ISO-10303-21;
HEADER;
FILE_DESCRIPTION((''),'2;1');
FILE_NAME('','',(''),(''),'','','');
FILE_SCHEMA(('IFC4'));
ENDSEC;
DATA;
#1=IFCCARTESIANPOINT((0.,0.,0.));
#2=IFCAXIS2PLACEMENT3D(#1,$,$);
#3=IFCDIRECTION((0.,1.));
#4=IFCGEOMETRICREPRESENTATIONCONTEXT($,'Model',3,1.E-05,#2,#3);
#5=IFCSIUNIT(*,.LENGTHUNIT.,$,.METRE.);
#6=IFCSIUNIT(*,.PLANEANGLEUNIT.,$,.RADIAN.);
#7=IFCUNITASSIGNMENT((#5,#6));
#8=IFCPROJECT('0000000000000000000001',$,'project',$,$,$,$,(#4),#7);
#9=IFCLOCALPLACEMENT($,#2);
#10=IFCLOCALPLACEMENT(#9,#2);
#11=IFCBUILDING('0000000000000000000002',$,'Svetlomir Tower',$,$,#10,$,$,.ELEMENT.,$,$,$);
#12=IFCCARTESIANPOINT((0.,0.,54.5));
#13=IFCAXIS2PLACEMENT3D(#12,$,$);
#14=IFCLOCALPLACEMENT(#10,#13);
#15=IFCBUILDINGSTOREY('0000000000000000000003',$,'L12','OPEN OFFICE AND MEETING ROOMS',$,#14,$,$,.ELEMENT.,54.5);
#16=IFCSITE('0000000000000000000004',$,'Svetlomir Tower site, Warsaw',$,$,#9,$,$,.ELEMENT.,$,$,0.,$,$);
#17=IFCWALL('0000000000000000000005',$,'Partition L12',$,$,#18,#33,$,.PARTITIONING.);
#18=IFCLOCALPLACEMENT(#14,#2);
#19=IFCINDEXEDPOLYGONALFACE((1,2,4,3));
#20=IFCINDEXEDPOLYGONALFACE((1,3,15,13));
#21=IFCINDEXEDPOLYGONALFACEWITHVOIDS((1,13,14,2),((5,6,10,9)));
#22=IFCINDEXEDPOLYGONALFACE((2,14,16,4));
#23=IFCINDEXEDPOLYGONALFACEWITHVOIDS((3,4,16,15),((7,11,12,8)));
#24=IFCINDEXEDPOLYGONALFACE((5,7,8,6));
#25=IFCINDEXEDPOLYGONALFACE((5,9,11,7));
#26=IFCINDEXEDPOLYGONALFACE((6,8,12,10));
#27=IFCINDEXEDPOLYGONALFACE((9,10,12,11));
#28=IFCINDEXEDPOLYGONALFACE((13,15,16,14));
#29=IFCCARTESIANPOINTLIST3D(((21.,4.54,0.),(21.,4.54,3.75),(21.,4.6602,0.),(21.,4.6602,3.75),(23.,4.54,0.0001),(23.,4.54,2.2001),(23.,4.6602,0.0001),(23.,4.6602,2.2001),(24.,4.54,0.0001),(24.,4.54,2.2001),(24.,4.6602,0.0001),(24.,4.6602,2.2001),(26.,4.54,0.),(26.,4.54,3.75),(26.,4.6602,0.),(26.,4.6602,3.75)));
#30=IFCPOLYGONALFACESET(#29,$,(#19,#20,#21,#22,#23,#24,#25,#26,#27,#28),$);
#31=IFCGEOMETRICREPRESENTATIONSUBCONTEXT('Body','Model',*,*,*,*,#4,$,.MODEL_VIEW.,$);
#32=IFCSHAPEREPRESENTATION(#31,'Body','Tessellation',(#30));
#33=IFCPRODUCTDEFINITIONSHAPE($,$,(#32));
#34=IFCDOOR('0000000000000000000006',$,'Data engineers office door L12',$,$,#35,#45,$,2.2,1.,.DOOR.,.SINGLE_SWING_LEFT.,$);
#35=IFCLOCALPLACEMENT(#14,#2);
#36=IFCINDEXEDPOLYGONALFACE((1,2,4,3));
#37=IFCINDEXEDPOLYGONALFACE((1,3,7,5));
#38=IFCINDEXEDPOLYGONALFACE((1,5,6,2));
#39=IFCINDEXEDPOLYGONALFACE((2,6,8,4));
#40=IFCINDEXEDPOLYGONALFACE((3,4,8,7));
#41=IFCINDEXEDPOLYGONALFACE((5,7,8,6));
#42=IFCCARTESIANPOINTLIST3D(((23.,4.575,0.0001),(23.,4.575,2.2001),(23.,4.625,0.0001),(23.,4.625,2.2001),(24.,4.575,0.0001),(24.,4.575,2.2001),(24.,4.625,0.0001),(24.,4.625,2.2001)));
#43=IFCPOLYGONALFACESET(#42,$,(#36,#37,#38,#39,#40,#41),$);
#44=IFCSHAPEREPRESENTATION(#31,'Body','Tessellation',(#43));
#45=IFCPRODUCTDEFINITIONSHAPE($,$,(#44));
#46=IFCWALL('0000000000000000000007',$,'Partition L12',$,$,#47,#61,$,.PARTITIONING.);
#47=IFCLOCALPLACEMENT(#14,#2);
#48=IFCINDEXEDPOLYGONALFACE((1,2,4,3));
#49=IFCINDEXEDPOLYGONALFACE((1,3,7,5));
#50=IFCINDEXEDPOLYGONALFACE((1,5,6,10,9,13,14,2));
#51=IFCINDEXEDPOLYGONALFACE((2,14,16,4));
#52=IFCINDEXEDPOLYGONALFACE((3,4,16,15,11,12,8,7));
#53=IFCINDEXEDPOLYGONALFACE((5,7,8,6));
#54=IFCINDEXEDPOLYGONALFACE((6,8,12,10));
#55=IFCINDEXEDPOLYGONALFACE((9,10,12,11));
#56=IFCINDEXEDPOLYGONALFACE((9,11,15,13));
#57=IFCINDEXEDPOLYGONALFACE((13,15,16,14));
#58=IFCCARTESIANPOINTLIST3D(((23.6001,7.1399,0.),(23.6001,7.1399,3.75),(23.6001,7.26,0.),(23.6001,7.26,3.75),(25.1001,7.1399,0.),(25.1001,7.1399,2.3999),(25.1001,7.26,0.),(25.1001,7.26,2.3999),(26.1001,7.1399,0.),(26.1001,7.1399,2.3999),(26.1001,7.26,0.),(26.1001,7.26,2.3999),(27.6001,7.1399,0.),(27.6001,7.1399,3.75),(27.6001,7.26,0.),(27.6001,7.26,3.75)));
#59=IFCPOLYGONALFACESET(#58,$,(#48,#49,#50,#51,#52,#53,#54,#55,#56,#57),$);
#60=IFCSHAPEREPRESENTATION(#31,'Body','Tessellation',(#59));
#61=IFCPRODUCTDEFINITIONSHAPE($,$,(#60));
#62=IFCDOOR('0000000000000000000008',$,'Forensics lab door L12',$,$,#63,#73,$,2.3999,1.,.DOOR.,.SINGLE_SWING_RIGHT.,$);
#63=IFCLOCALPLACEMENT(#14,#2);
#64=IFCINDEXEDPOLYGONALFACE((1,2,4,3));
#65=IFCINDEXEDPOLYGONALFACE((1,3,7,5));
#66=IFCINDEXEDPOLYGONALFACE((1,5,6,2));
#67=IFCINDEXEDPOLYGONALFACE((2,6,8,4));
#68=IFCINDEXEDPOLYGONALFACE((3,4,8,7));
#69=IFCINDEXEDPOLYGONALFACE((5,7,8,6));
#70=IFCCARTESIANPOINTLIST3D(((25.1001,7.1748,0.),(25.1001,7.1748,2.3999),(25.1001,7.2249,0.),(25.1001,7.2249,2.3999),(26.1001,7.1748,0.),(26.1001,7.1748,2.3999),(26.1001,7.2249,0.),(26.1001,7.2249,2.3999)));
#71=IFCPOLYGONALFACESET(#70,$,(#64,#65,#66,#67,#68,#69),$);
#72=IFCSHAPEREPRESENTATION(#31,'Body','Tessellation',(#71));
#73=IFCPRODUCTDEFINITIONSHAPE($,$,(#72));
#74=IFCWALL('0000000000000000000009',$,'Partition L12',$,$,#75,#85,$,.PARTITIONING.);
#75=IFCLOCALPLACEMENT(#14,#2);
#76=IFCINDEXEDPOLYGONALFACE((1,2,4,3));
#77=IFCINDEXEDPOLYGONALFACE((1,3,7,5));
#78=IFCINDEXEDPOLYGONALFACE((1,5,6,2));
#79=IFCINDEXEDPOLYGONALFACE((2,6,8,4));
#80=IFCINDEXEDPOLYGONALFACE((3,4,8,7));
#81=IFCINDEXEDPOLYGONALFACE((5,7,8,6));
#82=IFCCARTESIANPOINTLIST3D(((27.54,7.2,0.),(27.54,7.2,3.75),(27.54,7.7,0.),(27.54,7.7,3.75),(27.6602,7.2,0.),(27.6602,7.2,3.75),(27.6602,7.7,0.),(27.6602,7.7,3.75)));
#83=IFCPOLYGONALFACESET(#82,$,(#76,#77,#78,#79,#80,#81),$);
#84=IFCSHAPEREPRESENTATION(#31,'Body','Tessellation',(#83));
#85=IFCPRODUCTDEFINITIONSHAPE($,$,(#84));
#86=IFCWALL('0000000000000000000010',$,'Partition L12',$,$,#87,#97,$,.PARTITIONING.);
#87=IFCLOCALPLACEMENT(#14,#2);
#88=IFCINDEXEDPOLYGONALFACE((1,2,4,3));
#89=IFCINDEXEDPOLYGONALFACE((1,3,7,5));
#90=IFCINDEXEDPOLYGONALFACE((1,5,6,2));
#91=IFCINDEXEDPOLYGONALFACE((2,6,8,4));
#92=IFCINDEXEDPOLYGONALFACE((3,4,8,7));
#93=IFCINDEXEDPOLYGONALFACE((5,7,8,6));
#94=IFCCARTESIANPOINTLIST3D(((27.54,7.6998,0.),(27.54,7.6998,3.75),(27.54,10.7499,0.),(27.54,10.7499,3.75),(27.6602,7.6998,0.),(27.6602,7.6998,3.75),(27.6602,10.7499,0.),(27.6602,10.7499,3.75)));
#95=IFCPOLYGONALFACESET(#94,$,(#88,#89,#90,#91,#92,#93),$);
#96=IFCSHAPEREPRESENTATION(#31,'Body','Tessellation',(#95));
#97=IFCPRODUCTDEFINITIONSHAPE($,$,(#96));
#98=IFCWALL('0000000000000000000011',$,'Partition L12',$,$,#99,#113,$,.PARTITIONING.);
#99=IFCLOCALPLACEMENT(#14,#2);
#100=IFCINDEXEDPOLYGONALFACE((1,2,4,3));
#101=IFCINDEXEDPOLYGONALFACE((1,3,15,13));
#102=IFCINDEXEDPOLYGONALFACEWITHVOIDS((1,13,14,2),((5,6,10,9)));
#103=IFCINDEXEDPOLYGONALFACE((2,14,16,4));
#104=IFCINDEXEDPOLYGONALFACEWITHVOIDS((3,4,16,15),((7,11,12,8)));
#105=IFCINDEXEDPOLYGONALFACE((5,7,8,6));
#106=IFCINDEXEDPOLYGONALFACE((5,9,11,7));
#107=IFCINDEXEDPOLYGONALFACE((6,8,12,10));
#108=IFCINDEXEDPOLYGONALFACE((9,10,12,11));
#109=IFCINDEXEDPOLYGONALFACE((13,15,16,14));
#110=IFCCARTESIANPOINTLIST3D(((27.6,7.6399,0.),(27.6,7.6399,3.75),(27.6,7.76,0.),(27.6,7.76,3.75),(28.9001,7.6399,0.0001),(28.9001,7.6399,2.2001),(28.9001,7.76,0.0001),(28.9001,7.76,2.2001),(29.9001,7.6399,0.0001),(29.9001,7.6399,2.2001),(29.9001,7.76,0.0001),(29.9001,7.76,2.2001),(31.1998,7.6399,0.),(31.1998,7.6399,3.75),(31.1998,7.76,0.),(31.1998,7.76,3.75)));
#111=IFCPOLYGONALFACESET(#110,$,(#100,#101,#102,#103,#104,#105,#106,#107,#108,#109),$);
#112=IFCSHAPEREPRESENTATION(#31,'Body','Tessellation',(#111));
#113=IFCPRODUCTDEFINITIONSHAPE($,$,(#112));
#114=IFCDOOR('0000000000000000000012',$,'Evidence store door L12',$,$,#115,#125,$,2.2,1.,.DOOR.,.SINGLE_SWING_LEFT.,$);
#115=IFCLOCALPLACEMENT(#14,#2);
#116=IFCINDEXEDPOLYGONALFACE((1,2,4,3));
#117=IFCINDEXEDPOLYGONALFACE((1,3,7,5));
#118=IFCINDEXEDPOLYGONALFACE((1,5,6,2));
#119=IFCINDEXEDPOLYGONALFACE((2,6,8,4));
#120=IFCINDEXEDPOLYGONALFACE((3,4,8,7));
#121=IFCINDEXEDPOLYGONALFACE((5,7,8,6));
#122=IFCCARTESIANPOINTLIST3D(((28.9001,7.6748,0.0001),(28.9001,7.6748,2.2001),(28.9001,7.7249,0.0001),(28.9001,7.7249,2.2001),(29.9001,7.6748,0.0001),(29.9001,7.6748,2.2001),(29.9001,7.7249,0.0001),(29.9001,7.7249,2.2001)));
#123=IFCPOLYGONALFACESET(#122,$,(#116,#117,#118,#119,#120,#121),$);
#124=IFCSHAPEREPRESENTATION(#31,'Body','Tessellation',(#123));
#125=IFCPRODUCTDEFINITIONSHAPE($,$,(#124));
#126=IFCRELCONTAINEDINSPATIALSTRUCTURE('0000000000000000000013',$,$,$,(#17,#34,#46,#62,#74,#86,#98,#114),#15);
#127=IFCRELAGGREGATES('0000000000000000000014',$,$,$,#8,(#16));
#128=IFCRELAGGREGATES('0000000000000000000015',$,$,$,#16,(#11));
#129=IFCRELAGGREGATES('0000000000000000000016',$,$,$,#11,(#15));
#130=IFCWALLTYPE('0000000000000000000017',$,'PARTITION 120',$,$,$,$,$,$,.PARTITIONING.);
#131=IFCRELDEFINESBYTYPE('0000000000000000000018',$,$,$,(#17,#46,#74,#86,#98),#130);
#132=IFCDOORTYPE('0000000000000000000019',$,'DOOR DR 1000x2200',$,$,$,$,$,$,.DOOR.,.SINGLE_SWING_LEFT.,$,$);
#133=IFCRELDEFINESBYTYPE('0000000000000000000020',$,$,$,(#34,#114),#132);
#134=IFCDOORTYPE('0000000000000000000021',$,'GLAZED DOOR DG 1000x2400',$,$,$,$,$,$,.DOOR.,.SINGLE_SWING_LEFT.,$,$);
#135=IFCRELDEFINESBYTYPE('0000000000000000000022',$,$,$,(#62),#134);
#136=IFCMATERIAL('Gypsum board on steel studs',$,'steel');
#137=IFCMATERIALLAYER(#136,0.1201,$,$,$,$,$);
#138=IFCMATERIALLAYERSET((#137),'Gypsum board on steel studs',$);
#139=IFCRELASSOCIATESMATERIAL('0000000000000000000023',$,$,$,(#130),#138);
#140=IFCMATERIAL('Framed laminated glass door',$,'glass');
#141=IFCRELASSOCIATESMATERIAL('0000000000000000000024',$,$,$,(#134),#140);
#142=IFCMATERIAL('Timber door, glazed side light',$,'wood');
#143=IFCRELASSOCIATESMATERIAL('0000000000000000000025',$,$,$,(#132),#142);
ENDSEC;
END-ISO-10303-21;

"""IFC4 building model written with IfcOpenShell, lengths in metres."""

from ifc_helpers import new_model, si_unit, direction, frame, frame_2d, origin, place, context, subcontext, project, spatial, rectangle, extrude, material, layer, layer_set, type_object, element, fill, save


model = new_model("IFC4")

# Units and contexts
model_context = context("Model", 3, precision=1e-05, world=origin(), true_north=direction((0.0, 1.0)))
body_context = subcontext(model_context, "Body", "Model", "MODEL_VIEW")
ifc_project = project(units=[si_unit("LENGTHUNIT", "METRE"), si_unit("PLANEANGLEUNIT", "RADIAN")], contexts=[model_context])

# Site, building, storey
site_placement = place(None, origin())
site = spatial("IfcSite", under=ifc_project, at=site_placement, Name="Svetlomir Tower site, Warsaw", CompositionType="ELEMENT", RefElevation=0.0)
building_placement = place(site_placement, origin())
building = spatial("IfcBuilding", under=site, at=building_placement, Name="Svetlomir Tower", CompositionType="ELEMENT")
storey_placement = place(building_placement, frame((0.0, 0.0, 54.5)))
storey = spatial("IfcBuildingStorey", under=building, at=storey_placement, Name="L12", Description="OPEN OFFICE AND MEETING ROOMS", CompositionType="ELEMENT", Elevation=54.5)

# Shared definitions
ifc_material_1 = material(Name="Gypsum board on steel studs", Category="steel")
ifc_layer_1 = layer(ifc_material_1, 0.1201)
ifc_layer_set_1 = layer_set([ifc_layer_1], Name="Gypsum board on steel studs")
wall_type_1 = type_object("IfcWallType", Name="PARTITION 120", PredefinedType="PARTITIONING", material=ifc_layer_set_1)

# Shared definitions
ifc_material_2 = material(Name="Framed laminated glass door", Category="glass")
door_type_1 = type_object("IfcDoorType", Name="GLAZED DOOR DG 1000x2400", OperationType="SINGLE_SWING_LEFT", PredefinedType="DOOR", material=ifc_material_2)

# Walls, openings, doors
wall_1_placement = place(storey_placement, frame((21.0, 4.6001, 0.0), z_axis=(0.0, 0.0, 1.0), x_axis=(1.0, 0.0, 0.0)))
wall_1 = element("IfcWall", 1, at=wall_1_placement, inside=storey, type_object=wall_type_1, Name="Partition L12", PredefinedType="PARTITIONING", context=body_context, shape_type="SweptSolid", body=[
    extrude(rectangle(XDim=5.0, YDim=0.1201, at=frame_2d((2.5, 0.0))), origin(), (0.0, 0.0, 1.0), 3.75),
])
opening_1_placement = place(wall_1_placement, frame((2.0, 0.0, 0.0)))
opening_1 = element("IfcOpeningElement", 2, at=opening_1_placement, cuts=wall_1, PredefinedType="OPENING", context=body_context, shape_type="SweptSolid", body=[
    extrude(rectangle(XDim=1.0, YDim=2.2, at=frame_2d((0.5, 1.1001))), frame((0.0, 0.0701, 0.0), z_axis=(0.0, -1.0, 0.0), x_axis=(1.0, 0.0, 0.0)), (0.0, 0.0, 1.0), 0.1401),
])
ifc_material_3 = material(Name="Timber door, glazed side light", Category="wood")
door_type_2 = type_object("IfcDoorType", Name="DOOR DR 1000x2200", OperationType="SINGLE_SWING_LEFT", PredefinedType="DOOR", material=ifc_material_3)
door_1_placement = place(opening_1_placement, origin())
door_1 = element("IfcDoor", 3, at=door_1_placement, inside=storey, type_object=door_type_2, Name="Data engineers office door L12", OperationType="SINGLE_SWING_LEFT", OverallHeight=2.2, OverallWidth=1.0, PredefinedType="DOOR", context=body_context, shape_type="SweptSolid", body=[
    extrude(rectangle(XDim=1.0, YDim=2.2, at=frame_2d((0.5, 1.1001))), frame((0.0, 0.0249, 0.0), z_axis=(0.0, -1.0, 0.0), x_axis=(1.0, 0.0, 0.0)), (0.0, 0.0, 1.0), 0.05),
])
fill(opening_1, door_1)
wall_2_placement = place(storey_placement, frame((23.6001, 7.2, 0.0), z_axis=(0.0, 0.0, 1.0), x_axis=(1.0, 0.0, 0.0)))
wall_2 = element("IfcWall", 4, at=wall_2_placement, inside=storey, type_object=wall_type_1, Name="Partition L12", PredefinedType="PARTITIONING", context=body_context, shape_type="SweptSolid", body=[
    extrude(rectangle(XDim=4.0, YDim=0.1201, at=frame_2d((2.0, 0.0))), origin(), (0.0, 0.0, 1.0), 3.75),
])
opening_2_placement = place(wall_2_placement, frame((1.5, 0.0, 0.0)))
opening_2 = element("IfcOpeningElement", 5, at=opening_2_placement, cuts=wall_2, PredefinedType="OPENING", context=body_context, shape_type="SweptSolid", body=[
    extrude(rectangle(XDim=1.0, YDim=2.3999, at=frame_2d((0.5, 1.2))), frame((0.0, 0.0701, 0.0), z_axis=(0.0, -1.0, 0.0), x_axis=(1.0, 0.0, 0.0)), (0.0, 0.0, 1.0), 0.1401),
])
door_2_placement = place(opening_2_placement, origin())
door_2 = element("IfcDoor", 6, at=door_2_placement, inside=storey, type_object=door_type_1, Name="Forensics lab door L12", OperationType="SINGLE_SWING_RIGHT", OverallHeight=2.3999, OverallWidth=1.0, PredefinedType="DOOR", context=body_context, shape_type="SweptSolid", body=[
    extrude(rectangle(XDim=1.0, YDim=2.3999, at=frame_2d((0.5, 1.2))), frame((0.0, 0.0249, 0.0), z_axis=(0.0, -1.0, 0.0), x_axis=(1.0, 0.0, 0.0)), (0.0, 0.0, 1.0), 0.05),
])
fill(opening_2, door_2)

# Walls
wall_3_placement = place(storey_placement, frame((27.6001, 7.2, 0.0), z_axis=(0.0, 0.0, 1.0), x_axis=(0.0, 1.0, 0.0)))
element("IfcWall", 7, at=wall_3_placement, inside=storey, type_object=wall_type_1, Name="Partition L12", PredefinedType="PARTITIONING", context=body_context, shape_type="SweptSolid", body=[
    extrude(rectangle(XDim=0.5, YDim=0.1201, at=frame_2d((0.25, 0.0))), origin(), (0.0, 0.0, 1.0), 3.75),
])
wall_4_placement = place(storey_placement, frame((27.6001, 7.7, 0.0), z_axis=(0.0, 0.0, 1.0), x_axis=(0.0, 1.0, 0.0)))
element("IfcWall", 8, at=wall_4_placement, inside=storey, type_object=wall_type_1, Name="Partition L12", PredefinedType="PARTITIONING", context=body_context, shape_type="SweptSolid", body=[
    extrude(rectangle(XDim=3.05, YDim=0.1201, at=frame_2d((1.5249, 0.0))), origin(), (0.0, 0.0, 1.0), 3.75),
])

# Wall, opening, door
wall_5_placement = place(storey_placement, frame((27.6001, 7.7, 0.0), z_axis=(0.0, 0.0, 1.0), x_axis=(1.0, 0.0, 0.0)))
wall_5 = element("IfcWall", 9, at=wall_5_placement, inside=storey, type_object=wall_type_1, Name="Partition L12", PredefinedType="PARTITIONING", context=body_context, shape_type="SweptSolid", body=[
    extrude(rectangle(XDim=3.5999, YDim=0.1201, at=frame_2d((1.7998, 0.0))), origin(), (0.0, 0.0, 1.0), 3.75),
])
opening_3_placement = place(wall_5_placement, frame((1.3, 0.0, 0.0)))
opening_3 = element("IfcOpeningElement", 10, at=opening_3_placement, cuts=wall_5, PredefinedType="OPENING", context=body_context, shape_type="SweptSolid", body=[
    extrude(rectangle(XDim=1.0, YDim=2.2, at=frame_2d((0.5, 1.1001))), frame((0.0, 0.0701, 0.0), z_axis=(0.0, -1.0, 0.0), x_axis=(1.0, 0.0, 0.0)), (0.0, 0.0, 1.0), 0.1401),
])
door_3_placement = place(opening_3_placement, origin())
door_3 = element("IfcDoor", 11, at=door_3_placement, inside=storey, type_object=door_type_2, Name="Evidence store door L12", OperationType="SINGLE_SWING_LEFT", OverallHeight=2.2, OverallWidth=1.0, PredefinedType="DOOR", context=body_context, shape_type="SweptSolid", body=[
    extrude(rectangle(XDim=1.0, YDim=2.2, at=frame_2d((0.5, 1.1001))), frame((0.0, 0.0249, 0.0), z_axis=(0.0, -1.0, 0.0), x_axis=(1.0, 0.0, 0.0)), (0.0, 0.0, 1.0), 0.05),
])
fill(opening_3, door_3)

save(model, "model.ifc")
